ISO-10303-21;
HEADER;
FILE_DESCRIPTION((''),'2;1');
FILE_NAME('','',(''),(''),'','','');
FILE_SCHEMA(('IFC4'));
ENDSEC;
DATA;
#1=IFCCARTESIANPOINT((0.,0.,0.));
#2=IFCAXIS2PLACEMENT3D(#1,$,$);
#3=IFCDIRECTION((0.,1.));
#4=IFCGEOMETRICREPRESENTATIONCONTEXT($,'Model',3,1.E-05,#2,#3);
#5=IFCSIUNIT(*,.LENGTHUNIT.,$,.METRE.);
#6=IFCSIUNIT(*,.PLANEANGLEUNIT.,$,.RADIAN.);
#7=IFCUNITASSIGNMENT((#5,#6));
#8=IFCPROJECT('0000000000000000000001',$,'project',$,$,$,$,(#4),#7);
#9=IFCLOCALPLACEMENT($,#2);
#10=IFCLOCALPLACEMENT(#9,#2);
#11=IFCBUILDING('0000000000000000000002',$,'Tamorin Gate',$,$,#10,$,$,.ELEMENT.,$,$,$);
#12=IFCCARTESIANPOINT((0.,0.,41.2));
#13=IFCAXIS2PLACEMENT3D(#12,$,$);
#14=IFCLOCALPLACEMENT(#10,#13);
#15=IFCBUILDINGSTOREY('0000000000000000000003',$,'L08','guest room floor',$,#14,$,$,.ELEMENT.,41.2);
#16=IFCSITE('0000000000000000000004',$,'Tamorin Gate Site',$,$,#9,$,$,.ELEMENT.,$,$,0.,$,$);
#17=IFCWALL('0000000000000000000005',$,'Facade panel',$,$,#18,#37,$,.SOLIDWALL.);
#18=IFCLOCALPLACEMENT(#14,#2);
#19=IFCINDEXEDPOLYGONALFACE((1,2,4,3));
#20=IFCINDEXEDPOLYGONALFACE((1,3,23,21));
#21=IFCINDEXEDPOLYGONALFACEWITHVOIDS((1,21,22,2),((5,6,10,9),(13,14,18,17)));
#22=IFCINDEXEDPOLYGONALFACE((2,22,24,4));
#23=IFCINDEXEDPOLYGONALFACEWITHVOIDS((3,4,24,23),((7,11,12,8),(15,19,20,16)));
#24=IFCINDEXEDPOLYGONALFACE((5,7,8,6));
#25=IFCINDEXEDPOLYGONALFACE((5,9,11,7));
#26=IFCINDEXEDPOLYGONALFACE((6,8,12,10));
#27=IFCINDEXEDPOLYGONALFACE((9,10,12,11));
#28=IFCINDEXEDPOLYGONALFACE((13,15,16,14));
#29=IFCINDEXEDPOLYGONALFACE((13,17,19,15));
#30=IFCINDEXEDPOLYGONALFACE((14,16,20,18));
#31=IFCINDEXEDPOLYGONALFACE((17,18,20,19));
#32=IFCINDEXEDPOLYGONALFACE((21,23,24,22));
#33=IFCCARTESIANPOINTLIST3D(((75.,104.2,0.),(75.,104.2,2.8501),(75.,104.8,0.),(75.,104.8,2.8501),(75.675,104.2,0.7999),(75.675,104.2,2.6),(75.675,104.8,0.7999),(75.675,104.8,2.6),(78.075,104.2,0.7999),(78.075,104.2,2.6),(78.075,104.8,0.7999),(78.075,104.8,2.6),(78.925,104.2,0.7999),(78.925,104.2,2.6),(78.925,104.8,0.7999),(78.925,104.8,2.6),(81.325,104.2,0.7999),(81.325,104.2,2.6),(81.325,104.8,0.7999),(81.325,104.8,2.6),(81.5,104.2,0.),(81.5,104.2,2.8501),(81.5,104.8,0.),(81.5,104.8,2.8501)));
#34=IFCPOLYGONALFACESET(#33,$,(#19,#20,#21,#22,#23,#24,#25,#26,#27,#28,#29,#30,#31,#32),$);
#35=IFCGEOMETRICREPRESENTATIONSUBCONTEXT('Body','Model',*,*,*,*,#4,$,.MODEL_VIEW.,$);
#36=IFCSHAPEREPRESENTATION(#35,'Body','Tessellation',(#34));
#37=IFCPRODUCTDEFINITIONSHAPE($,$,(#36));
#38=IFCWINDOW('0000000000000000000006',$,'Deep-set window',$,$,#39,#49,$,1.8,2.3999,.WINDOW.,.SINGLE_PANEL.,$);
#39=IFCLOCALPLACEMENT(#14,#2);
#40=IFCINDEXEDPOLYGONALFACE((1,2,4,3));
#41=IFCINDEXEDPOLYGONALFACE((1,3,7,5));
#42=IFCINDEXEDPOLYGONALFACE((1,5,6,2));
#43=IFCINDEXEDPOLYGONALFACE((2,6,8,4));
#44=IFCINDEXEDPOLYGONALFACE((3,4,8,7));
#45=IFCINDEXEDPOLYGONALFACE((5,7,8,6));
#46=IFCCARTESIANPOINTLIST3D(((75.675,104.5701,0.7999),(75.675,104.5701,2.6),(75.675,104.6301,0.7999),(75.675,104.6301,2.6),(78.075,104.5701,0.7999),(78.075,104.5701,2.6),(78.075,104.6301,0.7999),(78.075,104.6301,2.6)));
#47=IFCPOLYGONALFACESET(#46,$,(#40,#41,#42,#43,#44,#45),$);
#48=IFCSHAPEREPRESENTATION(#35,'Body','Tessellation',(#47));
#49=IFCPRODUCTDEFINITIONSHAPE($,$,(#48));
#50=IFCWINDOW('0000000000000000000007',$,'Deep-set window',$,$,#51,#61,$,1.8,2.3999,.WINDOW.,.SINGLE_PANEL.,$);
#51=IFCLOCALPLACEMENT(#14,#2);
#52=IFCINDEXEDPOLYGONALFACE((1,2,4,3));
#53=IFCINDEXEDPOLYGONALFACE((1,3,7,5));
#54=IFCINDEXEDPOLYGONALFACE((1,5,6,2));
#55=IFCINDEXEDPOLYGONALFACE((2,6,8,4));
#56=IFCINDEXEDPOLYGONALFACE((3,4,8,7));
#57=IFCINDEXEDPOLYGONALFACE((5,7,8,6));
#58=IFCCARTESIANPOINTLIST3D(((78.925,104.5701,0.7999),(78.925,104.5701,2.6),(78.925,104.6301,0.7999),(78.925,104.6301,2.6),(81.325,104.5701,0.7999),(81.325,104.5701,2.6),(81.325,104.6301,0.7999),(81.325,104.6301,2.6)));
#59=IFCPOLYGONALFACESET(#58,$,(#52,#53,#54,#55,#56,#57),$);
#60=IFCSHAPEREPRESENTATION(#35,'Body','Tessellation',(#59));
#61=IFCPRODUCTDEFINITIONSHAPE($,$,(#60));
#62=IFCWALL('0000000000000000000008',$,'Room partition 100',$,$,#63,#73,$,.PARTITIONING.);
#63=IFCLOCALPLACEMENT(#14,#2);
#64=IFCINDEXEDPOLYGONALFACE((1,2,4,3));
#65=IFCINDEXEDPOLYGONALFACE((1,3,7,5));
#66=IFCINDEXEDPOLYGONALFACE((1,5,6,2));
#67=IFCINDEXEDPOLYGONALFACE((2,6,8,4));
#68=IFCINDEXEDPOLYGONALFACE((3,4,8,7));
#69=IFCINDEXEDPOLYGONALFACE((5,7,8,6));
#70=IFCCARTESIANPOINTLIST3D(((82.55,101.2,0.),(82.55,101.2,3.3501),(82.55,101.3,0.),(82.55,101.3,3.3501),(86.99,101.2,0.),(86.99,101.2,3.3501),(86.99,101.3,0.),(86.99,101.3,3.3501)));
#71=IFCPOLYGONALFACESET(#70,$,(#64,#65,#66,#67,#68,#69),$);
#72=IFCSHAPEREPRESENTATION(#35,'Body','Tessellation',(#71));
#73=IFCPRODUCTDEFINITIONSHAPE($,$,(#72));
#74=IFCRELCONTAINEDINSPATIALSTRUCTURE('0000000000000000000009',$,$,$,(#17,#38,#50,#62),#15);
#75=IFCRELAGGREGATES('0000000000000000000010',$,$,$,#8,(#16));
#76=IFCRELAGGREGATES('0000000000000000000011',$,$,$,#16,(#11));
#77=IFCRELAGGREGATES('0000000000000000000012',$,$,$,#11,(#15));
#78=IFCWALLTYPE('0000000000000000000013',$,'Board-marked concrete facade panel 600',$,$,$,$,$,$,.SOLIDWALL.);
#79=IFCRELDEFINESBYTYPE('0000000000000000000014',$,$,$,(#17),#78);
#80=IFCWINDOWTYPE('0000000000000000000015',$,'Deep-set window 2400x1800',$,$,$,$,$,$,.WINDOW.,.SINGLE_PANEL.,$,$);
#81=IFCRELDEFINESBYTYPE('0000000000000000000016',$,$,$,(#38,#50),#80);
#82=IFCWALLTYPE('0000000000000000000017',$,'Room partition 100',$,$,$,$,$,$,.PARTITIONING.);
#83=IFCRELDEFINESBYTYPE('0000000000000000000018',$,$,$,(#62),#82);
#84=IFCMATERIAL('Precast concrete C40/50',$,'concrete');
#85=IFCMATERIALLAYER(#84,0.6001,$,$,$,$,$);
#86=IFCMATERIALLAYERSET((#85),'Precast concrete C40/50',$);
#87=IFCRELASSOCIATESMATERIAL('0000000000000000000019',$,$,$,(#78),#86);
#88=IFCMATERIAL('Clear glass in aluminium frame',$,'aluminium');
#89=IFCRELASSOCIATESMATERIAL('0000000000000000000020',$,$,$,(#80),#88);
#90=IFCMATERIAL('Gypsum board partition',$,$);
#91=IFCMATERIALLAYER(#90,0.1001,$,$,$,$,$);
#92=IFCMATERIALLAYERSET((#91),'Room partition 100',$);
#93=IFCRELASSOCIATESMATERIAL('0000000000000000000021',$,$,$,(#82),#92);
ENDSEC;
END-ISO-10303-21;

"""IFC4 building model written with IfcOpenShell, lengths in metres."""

from ifc_helpers import new_model, si_unit, direction, frame, frame_2d, origin, place, context, subcontext, project, spatial, rectangle, extrude, material, layer, layer_set, type_object, element, fill, save


model = new_model("IFC4")

# Units and contexts
model_context = context("Model", 3, precision=1e-05, world=origin(), true_north=direction((0.0, 1.0)))
body_context = subcontext(model_context, "Body", "Model", "MODEL_VIEW")
ifc_project = project(units=[si_unit("LENGTHUNIT", "METRE"), si_unit("PLANEANGLEUNIT", "RADIAN")], contexts=[model_context])

# Site, building, storey
site_placement = place(None, origin())
site = spatial("IfcSite", under=ifc_project, at=site_placement, Name="Tamorin Gate Site", CompositionType="ELEMENT", RefElevation=0.0)
building_placement = place(site_placement, origin())
building = spatial("IfcBuilding", under=site, at=building_placement, Name="Tamorin Gate", CompositionType="ELEMENT")
storey_placement = place(building_placement, frame((0.0, 0.0, 41.2)))
storey = spatial("IfcBuildingStorey", under=building, at=storey_placement, Name="L08", Description="guest room floor", CompositionType="ELEMENT", Elevation=41.2)

# Shared definitions
ifc_material_1 = material(Name="Precast concrete C40/50", Category="concrete")
ifc_layer_1 = layer(ifc_material_1, 0.6001)
ifc_layer_set_1 = layer_set([ifc_layer_1], Name="Precast concrete C40/50")
wall_type_1 = type_object("IfcWallType", Name="Board-marked concrete facade panel 600", PredefinedType="SOLIDWALL", material=ifc_layer_set_1)
ifc_material_2 = material(Name="Clear glass in aluminium frame", Category="aluminium")
window_type = type_object("IfcWindowType", Name="Deep-set window 2400x1800", PartitioningType="SINGLE_PANEL", PredefinedType="WINDOW", material=ifc_material_2)

# Wall, openings, windows
wall_1_placement = place(storey_placement, frame((81.5, 104.5, 0.0), z_axis=(0.0, 0.0, 1.0), x_axis=(-1.0, 0.0, 0.0)))
wall_1 = element("IfcWall", 1, at=wall_1_placement, inside=storey, type_object=wall_type_1, Name="Facade panel", PredefinedType="SOLIDWALL", context=body_context, shape_type="SweptSolid", body=[
    extrude(rectangle(XDim=6.5, YDim=0.6001, at=frame_2d((3.25, 0.0))), origin(), (0.0, 0.0, 1.0), 2.8501),
])
opening_1_placement = place(wall_1_placement, frame((3.425, 0.0, 0.8)))
opening_1 = element("IfcOpeningElement", 2, at=opening_1_placement, cuts=wall_1, PredefinedType="OPENING", context=body_context, shape_type="SweptSolid", body=[
    extrude(rectangle(XDim=2.3999, YDim=1.8, at=frame_2d((1.2, 0.8999))), frame((0.0, 0.3101, 0.0), z_axis=(0.0, -1.0, 0.0), x_axis=(1.0, 0.0, 0.0)), (0.0, 0.0, 1.0), 0.6201),
])
opening_2_placement = place(wall_1_placement, frame((0.175, 0.0, 0.8)))
opening_2 = element("IfcOpeningElement", 3, at=opening_2_placement, cuts=wall_1, PredefinedType="OPENING", context=body_context, shape_type="SweptSolid", body=[
    extrude(rectangle(XDim=2.3999, YDim=1.8, at=frame_2d((1.2, 0.8999))), frame((0.0, 0.3101, 0.0), z_axis=(0.0, -1.0, 0.0), x_axis=(1.0, 0.0, 0.0)), (0.0, 0.0, 1.0), 0.6201),
])
window_1_placement = place(opening_1_placement, origin())
window_1 = element("IfcWindow", 4, at=window_1_placement, inside=storey, type_object=window_type, Name="Deep-set window", OverallHeight=1.8, OverallWidth=2.3999, PartitioningType="SINGLE_PANEL", PredefinedType="WINDOW", context=body_context, shape_type="SweptSolid", body=[
    extrude(rectangle(XDim=2.3999, YDim=1.8, at=frame_2d((1.2, 0.8999))), frame((0.0, -0.0701, 0.0), z_axis=(0.0, -1.0, 0.0), x_axis=(1.0, 0.0, 0.0)), (0.0, 0.0, 1.0), 0.0601),
])
fill(opening_1, window_1)
window_2_placement = place(opening_2_placement, origin())
window_2 = element("IfcWindow", 5, at=window_2_placement, inside=storey, type_object=window_type, Name="Deep-set window", OverallHeight=1.8, OverallWidth=2.3999, PartitioningType="SINGLE_PANEL", PredefinedType="WINDOW", context=body_context, shape_type="SweptSolid", body=[
    extrude(rectangle(XDim=2.3999, YDim=1.8, at=frame_2d((1.2, 0.8999))), frame((0.0, -0.0701, 0.0), z_axis=(0.0, -1.0, 0.0), x_axis=(1.0, 0.0, 0.0)), (0.0, 0.0, 1.0), 0.0601),
])
fill(opening_2, window_2)

# Wall
ifc_material_3 = material(Name="Gypsum board partition")
ifc_layer_2 = layer(ifc_material_3, 0.1001)
ifc_layer_set_2 = layer_set([ifc_layer_2], Name="Room partition 100")
wall_type_2 = type_object("IfcWallType", Name="Room partition 100", PredefinedType="PARTITIONING", material=ifc_layer_set_2)
wall_2_placement = place(storey_placement, frame((82.55, 101.25, 0.0), z_axis=(0.0, 0.0, 1.0), x_axis=(1.0, 0.0, 0.0)))
element("IfcWall", 6, at=wall_2_placement, inside=storey, type_object=wall_type_2, Name="Room partition 100", PredefinedType="PARTITIONING", context=body_context, shape_type="SweptSolid", body=[
    extrude(rectangle(XDim=4.4399, YDim=0.1001, at=frame_2d((2.22, 0.0))), origin(), (0.0, 0.0, 1.0), 3.3501),
])

save(model, "model.ifc")
